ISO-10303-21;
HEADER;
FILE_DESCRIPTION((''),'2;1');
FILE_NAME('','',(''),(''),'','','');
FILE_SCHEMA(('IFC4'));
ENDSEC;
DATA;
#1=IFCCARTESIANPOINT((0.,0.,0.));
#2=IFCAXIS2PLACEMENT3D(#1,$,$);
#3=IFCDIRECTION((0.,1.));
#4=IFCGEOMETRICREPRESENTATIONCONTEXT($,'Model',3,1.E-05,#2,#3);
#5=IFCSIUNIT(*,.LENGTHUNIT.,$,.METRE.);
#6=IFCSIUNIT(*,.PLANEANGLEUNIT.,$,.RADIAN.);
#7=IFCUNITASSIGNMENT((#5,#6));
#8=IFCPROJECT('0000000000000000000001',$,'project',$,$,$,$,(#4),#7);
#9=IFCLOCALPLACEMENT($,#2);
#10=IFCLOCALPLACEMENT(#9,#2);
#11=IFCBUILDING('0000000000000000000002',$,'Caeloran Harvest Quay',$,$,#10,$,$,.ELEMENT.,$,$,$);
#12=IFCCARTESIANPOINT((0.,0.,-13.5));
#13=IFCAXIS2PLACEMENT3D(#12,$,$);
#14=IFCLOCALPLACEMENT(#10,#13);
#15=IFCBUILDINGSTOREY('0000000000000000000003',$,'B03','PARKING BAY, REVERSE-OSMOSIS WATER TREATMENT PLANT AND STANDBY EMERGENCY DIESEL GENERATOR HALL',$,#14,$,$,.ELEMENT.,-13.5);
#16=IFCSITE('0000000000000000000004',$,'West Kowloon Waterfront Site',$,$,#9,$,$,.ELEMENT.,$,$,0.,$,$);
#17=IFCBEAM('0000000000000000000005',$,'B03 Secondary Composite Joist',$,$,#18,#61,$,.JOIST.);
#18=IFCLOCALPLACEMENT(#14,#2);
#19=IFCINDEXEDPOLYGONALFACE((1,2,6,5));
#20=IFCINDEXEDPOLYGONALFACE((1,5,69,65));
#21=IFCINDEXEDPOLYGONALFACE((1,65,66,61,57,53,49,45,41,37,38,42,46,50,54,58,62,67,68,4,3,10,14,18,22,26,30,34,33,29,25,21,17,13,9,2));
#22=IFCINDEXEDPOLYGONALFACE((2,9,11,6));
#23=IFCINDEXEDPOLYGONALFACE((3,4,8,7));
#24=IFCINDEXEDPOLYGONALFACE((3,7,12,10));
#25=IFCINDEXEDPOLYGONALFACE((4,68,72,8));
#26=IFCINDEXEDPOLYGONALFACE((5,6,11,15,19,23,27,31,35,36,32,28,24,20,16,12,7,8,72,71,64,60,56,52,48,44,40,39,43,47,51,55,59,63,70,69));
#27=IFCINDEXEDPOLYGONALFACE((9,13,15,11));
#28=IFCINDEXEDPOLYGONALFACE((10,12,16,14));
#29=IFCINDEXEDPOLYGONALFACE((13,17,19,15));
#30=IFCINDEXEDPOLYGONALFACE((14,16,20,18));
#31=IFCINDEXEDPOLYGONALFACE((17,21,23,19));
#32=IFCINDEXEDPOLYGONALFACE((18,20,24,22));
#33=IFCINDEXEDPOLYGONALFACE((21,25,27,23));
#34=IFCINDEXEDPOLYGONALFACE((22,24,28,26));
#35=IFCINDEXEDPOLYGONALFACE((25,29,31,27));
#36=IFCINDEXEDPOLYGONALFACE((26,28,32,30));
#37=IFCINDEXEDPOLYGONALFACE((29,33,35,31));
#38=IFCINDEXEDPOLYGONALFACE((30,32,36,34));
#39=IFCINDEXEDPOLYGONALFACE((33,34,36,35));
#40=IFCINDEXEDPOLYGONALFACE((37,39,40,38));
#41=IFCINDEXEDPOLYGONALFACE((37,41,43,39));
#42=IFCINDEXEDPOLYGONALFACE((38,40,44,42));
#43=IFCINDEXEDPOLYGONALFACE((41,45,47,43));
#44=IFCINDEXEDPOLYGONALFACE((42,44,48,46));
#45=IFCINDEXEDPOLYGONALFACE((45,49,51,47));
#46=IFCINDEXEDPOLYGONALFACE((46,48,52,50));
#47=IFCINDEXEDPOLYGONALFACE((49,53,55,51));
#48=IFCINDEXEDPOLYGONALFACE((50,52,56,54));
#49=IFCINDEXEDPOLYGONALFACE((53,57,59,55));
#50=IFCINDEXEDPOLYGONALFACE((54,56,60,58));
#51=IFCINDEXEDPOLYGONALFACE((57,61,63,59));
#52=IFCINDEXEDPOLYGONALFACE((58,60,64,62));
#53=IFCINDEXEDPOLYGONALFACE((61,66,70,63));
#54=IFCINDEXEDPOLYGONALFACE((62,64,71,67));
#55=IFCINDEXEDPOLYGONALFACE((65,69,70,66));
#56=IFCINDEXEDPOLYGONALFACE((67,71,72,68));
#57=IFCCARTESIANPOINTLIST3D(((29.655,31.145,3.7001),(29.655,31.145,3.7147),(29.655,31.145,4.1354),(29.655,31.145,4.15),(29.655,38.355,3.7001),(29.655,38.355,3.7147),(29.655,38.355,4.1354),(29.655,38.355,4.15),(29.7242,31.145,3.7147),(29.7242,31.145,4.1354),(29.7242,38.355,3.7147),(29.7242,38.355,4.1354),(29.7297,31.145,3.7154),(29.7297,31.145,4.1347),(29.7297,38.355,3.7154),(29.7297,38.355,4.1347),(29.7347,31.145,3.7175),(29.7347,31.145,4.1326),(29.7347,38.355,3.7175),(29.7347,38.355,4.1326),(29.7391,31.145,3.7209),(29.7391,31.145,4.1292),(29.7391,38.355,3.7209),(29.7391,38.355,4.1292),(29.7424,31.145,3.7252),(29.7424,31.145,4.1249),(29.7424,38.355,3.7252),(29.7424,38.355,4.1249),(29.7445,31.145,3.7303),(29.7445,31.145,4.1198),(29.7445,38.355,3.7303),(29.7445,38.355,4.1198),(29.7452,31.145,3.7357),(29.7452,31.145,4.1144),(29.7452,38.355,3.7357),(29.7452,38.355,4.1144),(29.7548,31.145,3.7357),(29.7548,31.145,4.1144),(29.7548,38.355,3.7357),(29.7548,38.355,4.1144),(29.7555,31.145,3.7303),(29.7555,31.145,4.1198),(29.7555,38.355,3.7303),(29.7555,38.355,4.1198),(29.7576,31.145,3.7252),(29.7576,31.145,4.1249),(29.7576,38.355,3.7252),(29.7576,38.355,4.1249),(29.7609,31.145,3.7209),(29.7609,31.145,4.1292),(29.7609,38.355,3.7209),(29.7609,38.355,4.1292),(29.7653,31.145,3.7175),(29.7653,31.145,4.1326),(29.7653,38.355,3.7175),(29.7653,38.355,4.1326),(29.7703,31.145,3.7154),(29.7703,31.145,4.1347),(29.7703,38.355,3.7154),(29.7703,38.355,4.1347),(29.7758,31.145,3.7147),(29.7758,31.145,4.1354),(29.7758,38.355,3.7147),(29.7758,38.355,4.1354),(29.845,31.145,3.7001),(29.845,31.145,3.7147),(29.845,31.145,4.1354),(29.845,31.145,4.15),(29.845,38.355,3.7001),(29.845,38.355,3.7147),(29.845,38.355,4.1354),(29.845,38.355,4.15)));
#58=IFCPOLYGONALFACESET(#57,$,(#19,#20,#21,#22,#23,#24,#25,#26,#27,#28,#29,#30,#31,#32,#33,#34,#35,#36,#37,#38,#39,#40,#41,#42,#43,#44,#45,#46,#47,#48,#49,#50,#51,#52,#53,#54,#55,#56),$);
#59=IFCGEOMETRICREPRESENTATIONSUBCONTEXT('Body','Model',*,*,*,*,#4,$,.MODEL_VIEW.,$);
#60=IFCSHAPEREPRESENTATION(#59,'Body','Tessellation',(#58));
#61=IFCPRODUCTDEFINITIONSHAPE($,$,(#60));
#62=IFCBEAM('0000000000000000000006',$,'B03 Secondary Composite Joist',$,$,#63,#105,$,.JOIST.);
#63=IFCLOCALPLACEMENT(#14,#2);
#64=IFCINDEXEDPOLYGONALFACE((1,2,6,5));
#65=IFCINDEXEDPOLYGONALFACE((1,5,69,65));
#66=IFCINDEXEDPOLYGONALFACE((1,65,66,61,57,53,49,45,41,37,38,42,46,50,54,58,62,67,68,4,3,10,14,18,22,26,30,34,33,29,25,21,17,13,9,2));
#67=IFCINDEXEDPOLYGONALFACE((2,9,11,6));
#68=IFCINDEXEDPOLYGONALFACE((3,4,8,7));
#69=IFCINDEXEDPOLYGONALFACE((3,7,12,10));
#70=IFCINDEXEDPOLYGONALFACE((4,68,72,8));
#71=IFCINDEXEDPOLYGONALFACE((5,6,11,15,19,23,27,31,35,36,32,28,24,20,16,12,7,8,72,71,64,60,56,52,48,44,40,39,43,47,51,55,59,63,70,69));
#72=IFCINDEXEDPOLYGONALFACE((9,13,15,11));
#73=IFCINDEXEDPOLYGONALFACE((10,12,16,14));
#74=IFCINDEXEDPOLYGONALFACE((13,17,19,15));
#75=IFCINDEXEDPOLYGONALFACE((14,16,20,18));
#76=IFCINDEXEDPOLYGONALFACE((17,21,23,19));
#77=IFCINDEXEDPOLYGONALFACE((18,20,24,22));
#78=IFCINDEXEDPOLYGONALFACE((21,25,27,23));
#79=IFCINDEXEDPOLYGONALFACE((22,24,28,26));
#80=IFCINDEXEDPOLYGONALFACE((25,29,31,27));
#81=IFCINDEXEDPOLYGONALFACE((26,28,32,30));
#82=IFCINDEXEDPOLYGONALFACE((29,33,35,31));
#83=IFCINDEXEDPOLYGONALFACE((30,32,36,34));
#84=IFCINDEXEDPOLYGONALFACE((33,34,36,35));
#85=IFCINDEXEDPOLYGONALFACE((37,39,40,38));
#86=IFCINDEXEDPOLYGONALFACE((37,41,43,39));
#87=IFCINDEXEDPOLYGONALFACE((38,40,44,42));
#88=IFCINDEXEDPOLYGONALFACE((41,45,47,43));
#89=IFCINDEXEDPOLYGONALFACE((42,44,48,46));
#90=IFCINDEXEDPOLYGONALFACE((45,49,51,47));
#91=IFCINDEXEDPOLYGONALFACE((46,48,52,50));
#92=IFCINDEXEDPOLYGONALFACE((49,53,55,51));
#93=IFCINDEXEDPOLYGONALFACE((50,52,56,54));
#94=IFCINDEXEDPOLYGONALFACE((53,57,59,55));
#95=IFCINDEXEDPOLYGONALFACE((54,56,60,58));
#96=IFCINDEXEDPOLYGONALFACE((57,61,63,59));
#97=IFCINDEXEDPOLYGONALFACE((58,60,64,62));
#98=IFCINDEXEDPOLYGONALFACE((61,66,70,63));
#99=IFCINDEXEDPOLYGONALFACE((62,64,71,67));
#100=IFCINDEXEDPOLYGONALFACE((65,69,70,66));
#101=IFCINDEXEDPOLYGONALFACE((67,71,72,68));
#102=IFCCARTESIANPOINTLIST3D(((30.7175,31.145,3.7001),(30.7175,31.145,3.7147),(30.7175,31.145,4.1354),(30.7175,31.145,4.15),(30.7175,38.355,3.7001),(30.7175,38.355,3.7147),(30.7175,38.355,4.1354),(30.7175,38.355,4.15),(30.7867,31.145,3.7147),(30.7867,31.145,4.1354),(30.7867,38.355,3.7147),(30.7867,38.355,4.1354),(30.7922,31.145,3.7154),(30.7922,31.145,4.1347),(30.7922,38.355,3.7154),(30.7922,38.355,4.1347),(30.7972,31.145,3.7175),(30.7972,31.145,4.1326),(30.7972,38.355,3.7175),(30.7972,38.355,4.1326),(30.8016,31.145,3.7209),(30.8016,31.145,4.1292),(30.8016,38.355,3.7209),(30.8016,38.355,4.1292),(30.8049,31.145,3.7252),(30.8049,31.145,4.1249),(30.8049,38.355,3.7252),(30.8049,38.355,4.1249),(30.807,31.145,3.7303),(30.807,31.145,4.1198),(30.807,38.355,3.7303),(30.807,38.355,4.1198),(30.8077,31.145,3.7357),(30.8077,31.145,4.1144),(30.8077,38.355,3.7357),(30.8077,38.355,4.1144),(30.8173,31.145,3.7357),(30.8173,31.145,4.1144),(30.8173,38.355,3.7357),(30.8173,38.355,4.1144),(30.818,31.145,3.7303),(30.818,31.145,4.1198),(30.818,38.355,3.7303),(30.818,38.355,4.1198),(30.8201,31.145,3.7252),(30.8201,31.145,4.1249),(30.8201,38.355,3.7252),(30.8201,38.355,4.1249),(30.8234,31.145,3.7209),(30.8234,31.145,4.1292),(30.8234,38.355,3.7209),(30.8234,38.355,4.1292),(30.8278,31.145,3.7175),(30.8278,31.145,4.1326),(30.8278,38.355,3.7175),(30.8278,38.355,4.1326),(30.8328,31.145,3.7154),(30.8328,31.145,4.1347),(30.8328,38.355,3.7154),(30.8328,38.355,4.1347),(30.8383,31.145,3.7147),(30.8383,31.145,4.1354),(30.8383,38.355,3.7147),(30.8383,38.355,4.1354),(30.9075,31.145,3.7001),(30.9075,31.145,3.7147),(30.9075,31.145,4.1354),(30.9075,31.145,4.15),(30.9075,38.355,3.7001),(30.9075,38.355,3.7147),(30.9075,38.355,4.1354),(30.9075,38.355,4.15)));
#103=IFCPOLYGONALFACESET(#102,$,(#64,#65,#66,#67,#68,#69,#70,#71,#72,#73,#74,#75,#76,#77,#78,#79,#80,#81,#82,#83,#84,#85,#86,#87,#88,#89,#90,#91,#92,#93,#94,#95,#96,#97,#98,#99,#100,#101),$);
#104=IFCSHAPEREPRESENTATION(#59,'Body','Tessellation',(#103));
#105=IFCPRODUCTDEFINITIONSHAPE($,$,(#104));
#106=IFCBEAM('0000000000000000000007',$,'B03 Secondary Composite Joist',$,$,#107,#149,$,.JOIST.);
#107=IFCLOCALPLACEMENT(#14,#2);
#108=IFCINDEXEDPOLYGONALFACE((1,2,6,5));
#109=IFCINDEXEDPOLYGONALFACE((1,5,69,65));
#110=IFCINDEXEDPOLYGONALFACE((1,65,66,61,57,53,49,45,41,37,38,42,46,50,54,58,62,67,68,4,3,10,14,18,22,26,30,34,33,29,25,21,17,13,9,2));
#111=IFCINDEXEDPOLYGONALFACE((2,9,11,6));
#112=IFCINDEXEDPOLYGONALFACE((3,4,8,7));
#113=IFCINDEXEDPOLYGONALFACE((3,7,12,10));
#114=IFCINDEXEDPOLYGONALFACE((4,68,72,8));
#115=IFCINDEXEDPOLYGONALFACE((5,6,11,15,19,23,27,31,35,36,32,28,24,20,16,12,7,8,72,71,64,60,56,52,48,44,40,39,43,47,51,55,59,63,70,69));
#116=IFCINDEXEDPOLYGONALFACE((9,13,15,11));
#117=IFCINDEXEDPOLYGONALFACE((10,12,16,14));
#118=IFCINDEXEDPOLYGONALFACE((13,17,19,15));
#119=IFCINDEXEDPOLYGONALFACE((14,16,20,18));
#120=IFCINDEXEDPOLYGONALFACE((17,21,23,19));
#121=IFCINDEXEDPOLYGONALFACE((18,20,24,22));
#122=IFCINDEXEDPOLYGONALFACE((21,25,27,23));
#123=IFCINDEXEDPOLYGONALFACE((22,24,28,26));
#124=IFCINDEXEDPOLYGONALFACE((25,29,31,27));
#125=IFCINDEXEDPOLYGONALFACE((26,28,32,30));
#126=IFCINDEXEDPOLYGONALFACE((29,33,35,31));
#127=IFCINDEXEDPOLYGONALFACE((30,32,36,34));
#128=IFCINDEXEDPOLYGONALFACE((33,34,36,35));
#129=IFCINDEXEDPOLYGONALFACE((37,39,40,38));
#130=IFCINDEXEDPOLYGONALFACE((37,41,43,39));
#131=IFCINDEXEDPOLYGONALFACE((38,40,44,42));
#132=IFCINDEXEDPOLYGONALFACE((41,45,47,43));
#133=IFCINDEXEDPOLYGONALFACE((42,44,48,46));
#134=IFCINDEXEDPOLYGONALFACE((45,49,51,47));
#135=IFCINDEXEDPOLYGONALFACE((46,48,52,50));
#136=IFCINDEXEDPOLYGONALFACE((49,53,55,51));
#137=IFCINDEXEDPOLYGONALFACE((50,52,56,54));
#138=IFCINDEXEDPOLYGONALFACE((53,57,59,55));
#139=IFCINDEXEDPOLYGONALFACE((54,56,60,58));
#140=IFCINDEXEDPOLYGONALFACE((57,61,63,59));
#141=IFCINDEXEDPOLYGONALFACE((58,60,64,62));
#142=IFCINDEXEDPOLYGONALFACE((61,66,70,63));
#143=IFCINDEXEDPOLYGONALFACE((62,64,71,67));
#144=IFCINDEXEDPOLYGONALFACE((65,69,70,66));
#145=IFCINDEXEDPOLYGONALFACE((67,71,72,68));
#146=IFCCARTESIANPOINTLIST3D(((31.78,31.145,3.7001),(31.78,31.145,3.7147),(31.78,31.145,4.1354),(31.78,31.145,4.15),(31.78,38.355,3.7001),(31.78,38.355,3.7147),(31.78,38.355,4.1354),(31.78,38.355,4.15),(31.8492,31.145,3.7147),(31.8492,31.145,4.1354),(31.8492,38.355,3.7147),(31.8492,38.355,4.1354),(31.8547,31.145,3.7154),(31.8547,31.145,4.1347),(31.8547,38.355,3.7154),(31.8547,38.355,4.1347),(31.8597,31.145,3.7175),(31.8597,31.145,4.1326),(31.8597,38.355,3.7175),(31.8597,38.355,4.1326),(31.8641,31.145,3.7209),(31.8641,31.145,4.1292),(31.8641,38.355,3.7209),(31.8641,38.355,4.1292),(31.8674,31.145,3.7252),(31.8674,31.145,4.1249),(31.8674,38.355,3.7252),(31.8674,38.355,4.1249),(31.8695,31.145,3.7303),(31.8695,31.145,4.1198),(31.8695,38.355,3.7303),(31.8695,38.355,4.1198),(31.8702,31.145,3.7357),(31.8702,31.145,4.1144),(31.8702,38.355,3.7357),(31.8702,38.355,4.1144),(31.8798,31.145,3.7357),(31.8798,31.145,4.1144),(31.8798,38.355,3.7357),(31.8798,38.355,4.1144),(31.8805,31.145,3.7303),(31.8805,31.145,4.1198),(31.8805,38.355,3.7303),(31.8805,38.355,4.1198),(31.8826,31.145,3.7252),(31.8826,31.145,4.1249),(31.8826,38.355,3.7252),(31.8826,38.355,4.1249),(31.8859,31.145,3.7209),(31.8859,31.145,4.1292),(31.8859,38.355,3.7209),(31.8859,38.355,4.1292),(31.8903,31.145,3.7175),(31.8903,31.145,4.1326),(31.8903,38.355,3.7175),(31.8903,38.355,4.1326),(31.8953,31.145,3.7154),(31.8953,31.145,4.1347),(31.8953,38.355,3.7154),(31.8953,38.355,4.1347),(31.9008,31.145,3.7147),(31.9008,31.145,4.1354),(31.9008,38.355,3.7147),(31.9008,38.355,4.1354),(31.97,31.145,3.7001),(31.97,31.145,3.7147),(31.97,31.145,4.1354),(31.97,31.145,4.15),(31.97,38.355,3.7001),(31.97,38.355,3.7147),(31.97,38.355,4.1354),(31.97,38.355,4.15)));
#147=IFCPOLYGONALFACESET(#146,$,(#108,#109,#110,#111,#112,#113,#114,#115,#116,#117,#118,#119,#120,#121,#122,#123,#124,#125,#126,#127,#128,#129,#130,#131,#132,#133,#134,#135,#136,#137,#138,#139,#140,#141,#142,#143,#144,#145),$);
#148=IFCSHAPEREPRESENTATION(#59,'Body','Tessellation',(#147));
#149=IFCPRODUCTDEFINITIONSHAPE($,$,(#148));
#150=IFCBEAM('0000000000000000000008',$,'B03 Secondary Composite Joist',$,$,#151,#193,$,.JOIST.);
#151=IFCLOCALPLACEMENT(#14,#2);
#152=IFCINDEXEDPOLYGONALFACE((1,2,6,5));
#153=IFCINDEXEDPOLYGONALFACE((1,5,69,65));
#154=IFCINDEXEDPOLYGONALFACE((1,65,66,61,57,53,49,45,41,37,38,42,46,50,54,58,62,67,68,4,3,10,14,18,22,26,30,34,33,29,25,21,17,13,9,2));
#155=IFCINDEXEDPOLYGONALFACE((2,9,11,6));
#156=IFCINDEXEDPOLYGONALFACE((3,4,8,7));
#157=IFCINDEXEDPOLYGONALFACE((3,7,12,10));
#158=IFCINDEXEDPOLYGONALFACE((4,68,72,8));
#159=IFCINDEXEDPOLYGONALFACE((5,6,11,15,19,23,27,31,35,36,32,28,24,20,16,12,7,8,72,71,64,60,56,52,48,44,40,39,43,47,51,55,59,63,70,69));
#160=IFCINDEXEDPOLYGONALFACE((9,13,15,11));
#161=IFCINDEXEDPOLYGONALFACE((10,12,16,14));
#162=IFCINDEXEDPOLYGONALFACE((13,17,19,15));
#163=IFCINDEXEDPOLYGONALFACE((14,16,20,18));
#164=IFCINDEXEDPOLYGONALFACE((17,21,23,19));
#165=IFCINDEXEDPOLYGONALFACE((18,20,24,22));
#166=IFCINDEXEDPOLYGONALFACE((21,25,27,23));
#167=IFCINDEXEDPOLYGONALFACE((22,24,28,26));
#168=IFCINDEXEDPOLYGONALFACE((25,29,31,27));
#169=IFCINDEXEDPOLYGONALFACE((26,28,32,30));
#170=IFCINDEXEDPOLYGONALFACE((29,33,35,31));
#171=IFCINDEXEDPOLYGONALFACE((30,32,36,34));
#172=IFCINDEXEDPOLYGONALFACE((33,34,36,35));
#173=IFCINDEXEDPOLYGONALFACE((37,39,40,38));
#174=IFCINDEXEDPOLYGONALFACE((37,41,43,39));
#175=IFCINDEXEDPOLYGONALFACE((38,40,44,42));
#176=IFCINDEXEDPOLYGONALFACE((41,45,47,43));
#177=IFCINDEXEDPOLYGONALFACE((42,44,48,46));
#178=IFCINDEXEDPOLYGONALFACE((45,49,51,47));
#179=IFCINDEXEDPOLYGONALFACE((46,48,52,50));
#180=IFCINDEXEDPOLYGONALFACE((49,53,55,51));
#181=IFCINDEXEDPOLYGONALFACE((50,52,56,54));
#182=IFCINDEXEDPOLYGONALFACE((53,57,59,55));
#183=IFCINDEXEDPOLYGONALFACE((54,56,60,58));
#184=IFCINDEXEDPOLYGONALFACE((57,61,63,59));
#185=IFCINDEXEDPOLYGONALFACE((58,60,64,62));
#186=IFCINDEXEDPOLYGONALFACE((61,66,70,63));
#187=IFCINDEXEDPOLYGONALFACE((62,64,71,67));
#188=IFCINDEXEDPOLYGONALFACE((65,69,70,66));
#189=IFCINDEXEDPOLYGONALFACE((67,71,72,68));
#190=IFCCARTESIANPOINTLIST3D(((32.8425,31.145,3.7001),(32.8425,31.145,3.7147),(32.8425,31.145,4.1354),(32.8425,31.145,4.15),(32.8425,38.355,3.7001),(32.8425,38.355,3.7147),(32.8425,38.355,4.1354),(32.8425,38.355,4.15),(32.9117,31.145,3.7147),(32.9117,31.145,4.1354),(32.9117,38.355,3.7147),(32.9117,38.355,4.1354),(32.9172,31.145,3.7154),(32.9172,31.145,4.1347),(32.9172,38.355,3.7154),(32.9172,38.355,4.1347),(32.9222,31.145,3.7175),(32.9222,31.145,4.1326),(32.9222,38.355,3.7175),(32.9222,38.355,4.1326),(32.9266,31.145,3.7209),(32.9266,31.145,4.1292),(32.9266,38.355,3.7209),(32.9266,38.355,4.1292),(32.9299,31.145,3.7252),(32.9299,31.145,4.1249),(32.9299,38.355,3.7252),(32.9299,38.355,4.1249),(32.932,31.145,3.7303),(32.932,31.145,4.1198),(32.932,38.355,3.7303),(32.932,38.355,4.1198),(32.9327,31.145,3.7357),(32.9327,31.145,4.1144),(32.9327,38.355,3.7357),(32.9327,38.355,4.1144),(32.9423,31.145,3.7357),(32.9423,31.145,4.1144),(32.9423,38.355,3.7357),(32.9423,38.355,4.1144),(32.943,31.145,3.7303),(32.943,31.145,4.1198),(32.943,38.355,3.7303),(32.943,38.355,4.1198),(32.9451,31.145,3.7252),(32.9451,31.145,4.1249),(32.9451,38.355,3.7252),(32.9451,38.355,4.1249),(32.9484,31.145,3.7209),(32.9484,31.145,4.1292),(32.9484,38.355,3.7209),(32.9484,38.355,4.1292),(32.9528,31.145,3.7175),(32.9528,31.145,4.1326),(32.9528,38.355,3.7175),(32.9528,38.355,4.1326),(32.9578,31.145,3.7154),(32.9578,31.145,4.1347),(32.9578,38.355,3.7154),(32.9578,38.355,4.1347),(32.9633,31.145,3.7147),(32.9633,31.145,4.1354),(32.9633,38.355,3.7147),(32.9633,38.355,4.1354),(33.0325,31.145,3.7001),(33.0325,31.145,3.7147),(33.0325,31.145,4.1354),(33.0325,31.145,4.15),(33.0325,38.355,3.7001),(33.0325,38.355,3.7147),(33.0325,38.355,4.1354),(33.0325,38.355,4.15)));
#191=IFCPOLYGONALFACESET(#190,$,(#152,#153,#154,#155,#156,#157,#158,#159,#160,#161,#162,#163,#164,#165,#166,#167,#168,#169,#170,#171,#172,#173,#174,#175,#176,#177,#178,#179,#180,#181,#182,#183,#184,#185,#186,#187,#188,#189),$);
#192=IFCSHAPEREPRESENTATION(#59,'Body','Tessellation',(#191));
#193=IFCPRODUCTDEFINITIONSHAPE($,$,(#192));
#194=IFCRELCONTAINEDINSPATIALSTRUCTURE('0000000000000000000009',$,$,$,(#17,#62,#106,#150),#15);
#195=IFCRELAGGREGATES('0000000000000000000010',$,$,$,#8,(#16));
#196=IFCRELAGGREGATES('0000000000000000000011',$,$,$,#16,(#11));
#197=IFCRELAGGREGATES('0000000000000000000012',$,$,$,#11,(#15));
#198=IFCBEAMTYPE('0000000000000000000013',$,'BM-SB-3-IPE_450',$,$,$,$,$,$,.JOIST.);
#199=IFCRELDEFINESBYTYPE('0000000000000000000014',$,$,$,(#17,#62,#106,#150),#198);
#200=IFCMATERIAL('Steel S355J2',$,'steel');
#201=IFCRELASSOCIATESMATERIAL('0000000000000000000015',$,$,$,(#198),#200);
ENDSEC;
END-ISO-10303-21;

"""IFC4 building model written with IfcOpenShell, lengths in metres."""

from ifc_helpers import new_model, si_unit, direction, frame, origin, origin_2d, place, context, subcontext, project, spatial, i_section, extrude, material, material_profile, profile_set, type_object, element, save


model = new_model("IFC4")

# Units and contexts
model_context = context("Model", 3, precision=1e-05, world=origin(), true_north=direction((0.0, 1.0)))
body_context = subcontext(model_context, "Body", "Model", "MODEL_VIEW")
ifc_project = project(units=[si_unit("LENGTHUNIT", "METRE"), si_unit("PLANEANGLEUNIT", "RADIAN")], contexts=[model_context])

# Site, building, storey
site_placement = place(None, origin())
site = spatial("IfcSite", under=ifc_project, at=site_placement, Name="West Kowloon Waterfront Site", CompositionType="ELEMENT", RefElevation=0.0)
building_placement = place(site_placement, origin())
building = spatial("IfcBuilding", under=site, at=building_placement, Name="Caeloran Harvest Quay", CompositionType="ELEMENT")
storey_placement = place(building_placement, frame((0.0, 0.0, -13.5)))
storey = spatial("IfcBuildingStorey", under=building, at=storey_placement, Name="B03", Description="PARKING BAY, REVERSE-OSMOSIS WATER TREATMENT PLANT AND STANDBY EMERGENCY DIESEL GENERATOR HALL", CompositionType="ELEMENT", Elevation=-13.5)

# Beams
ifc_material_1 = material(Name="Steel S355J2", Category="steel")
ifc_material_profile_1 = material_profile(ifc_material_1, i_section(OverallWidth=0.1899, OverallDepth=0.45, WebThickness=0.0095, FlangeThickness=0.0146, FilletRadius=0.021, at=origin_2d()), Name="IPE 450")
ifc_profile_set_1 = profile_set([ifc_material_profile_1], Name="Steel S355J2")
beam_type_1 = type_object("IfcBeamType", Name="BM-SB-3-IPE_450", PredefinedType="JOIST", material=ifc_profile_set_1)
for number, where, z_axis, x_axis, name in (
    (1, (29.75, 31.145, 3.925), (0.0, 1.0, 0.0), (-1.0, 0.0, 0.0), "B03 Secondary Composite Joist"),
    (2, (30.8125, 31.145, 3.925), (0.0, 1.0, 0.0), (-1.0, 0.0, 0.0), "B03 Secondary Composite Joist"),
    (3, (31.875, 31.145, 3.925), (0.0, 1.0, 0.0), (-1.0, 0.0, 0.0), "B03 Secondary Composite Joist"),
    (4, (32.9375, 31.145, 3.925), (0.0, 1.0, 0.0), (-1.0, 0.0, 0.0), "B03 Secondary Composite Joist"),
):
    element("IfcBeam", number, at=place(storey_placement, frame(where, z_axis=z_axis, x_axis=x_axis)), inside=storey, type_object=beam_type_1, Name=name, PredefinedType="JOIST", context=body_context, shape_type="SweptSolid", body=[
        extrude(i_section(OverallWidth=0.1899, OverallDepth=0.45, WebThickness=0.0095, FlangeThickness=0.0146, FilletRadius=0.021, at=origin_2d()), origin(), (0.0, 0.0, 1.0), 7.21),
    ])

save(model, "model.ifc")
